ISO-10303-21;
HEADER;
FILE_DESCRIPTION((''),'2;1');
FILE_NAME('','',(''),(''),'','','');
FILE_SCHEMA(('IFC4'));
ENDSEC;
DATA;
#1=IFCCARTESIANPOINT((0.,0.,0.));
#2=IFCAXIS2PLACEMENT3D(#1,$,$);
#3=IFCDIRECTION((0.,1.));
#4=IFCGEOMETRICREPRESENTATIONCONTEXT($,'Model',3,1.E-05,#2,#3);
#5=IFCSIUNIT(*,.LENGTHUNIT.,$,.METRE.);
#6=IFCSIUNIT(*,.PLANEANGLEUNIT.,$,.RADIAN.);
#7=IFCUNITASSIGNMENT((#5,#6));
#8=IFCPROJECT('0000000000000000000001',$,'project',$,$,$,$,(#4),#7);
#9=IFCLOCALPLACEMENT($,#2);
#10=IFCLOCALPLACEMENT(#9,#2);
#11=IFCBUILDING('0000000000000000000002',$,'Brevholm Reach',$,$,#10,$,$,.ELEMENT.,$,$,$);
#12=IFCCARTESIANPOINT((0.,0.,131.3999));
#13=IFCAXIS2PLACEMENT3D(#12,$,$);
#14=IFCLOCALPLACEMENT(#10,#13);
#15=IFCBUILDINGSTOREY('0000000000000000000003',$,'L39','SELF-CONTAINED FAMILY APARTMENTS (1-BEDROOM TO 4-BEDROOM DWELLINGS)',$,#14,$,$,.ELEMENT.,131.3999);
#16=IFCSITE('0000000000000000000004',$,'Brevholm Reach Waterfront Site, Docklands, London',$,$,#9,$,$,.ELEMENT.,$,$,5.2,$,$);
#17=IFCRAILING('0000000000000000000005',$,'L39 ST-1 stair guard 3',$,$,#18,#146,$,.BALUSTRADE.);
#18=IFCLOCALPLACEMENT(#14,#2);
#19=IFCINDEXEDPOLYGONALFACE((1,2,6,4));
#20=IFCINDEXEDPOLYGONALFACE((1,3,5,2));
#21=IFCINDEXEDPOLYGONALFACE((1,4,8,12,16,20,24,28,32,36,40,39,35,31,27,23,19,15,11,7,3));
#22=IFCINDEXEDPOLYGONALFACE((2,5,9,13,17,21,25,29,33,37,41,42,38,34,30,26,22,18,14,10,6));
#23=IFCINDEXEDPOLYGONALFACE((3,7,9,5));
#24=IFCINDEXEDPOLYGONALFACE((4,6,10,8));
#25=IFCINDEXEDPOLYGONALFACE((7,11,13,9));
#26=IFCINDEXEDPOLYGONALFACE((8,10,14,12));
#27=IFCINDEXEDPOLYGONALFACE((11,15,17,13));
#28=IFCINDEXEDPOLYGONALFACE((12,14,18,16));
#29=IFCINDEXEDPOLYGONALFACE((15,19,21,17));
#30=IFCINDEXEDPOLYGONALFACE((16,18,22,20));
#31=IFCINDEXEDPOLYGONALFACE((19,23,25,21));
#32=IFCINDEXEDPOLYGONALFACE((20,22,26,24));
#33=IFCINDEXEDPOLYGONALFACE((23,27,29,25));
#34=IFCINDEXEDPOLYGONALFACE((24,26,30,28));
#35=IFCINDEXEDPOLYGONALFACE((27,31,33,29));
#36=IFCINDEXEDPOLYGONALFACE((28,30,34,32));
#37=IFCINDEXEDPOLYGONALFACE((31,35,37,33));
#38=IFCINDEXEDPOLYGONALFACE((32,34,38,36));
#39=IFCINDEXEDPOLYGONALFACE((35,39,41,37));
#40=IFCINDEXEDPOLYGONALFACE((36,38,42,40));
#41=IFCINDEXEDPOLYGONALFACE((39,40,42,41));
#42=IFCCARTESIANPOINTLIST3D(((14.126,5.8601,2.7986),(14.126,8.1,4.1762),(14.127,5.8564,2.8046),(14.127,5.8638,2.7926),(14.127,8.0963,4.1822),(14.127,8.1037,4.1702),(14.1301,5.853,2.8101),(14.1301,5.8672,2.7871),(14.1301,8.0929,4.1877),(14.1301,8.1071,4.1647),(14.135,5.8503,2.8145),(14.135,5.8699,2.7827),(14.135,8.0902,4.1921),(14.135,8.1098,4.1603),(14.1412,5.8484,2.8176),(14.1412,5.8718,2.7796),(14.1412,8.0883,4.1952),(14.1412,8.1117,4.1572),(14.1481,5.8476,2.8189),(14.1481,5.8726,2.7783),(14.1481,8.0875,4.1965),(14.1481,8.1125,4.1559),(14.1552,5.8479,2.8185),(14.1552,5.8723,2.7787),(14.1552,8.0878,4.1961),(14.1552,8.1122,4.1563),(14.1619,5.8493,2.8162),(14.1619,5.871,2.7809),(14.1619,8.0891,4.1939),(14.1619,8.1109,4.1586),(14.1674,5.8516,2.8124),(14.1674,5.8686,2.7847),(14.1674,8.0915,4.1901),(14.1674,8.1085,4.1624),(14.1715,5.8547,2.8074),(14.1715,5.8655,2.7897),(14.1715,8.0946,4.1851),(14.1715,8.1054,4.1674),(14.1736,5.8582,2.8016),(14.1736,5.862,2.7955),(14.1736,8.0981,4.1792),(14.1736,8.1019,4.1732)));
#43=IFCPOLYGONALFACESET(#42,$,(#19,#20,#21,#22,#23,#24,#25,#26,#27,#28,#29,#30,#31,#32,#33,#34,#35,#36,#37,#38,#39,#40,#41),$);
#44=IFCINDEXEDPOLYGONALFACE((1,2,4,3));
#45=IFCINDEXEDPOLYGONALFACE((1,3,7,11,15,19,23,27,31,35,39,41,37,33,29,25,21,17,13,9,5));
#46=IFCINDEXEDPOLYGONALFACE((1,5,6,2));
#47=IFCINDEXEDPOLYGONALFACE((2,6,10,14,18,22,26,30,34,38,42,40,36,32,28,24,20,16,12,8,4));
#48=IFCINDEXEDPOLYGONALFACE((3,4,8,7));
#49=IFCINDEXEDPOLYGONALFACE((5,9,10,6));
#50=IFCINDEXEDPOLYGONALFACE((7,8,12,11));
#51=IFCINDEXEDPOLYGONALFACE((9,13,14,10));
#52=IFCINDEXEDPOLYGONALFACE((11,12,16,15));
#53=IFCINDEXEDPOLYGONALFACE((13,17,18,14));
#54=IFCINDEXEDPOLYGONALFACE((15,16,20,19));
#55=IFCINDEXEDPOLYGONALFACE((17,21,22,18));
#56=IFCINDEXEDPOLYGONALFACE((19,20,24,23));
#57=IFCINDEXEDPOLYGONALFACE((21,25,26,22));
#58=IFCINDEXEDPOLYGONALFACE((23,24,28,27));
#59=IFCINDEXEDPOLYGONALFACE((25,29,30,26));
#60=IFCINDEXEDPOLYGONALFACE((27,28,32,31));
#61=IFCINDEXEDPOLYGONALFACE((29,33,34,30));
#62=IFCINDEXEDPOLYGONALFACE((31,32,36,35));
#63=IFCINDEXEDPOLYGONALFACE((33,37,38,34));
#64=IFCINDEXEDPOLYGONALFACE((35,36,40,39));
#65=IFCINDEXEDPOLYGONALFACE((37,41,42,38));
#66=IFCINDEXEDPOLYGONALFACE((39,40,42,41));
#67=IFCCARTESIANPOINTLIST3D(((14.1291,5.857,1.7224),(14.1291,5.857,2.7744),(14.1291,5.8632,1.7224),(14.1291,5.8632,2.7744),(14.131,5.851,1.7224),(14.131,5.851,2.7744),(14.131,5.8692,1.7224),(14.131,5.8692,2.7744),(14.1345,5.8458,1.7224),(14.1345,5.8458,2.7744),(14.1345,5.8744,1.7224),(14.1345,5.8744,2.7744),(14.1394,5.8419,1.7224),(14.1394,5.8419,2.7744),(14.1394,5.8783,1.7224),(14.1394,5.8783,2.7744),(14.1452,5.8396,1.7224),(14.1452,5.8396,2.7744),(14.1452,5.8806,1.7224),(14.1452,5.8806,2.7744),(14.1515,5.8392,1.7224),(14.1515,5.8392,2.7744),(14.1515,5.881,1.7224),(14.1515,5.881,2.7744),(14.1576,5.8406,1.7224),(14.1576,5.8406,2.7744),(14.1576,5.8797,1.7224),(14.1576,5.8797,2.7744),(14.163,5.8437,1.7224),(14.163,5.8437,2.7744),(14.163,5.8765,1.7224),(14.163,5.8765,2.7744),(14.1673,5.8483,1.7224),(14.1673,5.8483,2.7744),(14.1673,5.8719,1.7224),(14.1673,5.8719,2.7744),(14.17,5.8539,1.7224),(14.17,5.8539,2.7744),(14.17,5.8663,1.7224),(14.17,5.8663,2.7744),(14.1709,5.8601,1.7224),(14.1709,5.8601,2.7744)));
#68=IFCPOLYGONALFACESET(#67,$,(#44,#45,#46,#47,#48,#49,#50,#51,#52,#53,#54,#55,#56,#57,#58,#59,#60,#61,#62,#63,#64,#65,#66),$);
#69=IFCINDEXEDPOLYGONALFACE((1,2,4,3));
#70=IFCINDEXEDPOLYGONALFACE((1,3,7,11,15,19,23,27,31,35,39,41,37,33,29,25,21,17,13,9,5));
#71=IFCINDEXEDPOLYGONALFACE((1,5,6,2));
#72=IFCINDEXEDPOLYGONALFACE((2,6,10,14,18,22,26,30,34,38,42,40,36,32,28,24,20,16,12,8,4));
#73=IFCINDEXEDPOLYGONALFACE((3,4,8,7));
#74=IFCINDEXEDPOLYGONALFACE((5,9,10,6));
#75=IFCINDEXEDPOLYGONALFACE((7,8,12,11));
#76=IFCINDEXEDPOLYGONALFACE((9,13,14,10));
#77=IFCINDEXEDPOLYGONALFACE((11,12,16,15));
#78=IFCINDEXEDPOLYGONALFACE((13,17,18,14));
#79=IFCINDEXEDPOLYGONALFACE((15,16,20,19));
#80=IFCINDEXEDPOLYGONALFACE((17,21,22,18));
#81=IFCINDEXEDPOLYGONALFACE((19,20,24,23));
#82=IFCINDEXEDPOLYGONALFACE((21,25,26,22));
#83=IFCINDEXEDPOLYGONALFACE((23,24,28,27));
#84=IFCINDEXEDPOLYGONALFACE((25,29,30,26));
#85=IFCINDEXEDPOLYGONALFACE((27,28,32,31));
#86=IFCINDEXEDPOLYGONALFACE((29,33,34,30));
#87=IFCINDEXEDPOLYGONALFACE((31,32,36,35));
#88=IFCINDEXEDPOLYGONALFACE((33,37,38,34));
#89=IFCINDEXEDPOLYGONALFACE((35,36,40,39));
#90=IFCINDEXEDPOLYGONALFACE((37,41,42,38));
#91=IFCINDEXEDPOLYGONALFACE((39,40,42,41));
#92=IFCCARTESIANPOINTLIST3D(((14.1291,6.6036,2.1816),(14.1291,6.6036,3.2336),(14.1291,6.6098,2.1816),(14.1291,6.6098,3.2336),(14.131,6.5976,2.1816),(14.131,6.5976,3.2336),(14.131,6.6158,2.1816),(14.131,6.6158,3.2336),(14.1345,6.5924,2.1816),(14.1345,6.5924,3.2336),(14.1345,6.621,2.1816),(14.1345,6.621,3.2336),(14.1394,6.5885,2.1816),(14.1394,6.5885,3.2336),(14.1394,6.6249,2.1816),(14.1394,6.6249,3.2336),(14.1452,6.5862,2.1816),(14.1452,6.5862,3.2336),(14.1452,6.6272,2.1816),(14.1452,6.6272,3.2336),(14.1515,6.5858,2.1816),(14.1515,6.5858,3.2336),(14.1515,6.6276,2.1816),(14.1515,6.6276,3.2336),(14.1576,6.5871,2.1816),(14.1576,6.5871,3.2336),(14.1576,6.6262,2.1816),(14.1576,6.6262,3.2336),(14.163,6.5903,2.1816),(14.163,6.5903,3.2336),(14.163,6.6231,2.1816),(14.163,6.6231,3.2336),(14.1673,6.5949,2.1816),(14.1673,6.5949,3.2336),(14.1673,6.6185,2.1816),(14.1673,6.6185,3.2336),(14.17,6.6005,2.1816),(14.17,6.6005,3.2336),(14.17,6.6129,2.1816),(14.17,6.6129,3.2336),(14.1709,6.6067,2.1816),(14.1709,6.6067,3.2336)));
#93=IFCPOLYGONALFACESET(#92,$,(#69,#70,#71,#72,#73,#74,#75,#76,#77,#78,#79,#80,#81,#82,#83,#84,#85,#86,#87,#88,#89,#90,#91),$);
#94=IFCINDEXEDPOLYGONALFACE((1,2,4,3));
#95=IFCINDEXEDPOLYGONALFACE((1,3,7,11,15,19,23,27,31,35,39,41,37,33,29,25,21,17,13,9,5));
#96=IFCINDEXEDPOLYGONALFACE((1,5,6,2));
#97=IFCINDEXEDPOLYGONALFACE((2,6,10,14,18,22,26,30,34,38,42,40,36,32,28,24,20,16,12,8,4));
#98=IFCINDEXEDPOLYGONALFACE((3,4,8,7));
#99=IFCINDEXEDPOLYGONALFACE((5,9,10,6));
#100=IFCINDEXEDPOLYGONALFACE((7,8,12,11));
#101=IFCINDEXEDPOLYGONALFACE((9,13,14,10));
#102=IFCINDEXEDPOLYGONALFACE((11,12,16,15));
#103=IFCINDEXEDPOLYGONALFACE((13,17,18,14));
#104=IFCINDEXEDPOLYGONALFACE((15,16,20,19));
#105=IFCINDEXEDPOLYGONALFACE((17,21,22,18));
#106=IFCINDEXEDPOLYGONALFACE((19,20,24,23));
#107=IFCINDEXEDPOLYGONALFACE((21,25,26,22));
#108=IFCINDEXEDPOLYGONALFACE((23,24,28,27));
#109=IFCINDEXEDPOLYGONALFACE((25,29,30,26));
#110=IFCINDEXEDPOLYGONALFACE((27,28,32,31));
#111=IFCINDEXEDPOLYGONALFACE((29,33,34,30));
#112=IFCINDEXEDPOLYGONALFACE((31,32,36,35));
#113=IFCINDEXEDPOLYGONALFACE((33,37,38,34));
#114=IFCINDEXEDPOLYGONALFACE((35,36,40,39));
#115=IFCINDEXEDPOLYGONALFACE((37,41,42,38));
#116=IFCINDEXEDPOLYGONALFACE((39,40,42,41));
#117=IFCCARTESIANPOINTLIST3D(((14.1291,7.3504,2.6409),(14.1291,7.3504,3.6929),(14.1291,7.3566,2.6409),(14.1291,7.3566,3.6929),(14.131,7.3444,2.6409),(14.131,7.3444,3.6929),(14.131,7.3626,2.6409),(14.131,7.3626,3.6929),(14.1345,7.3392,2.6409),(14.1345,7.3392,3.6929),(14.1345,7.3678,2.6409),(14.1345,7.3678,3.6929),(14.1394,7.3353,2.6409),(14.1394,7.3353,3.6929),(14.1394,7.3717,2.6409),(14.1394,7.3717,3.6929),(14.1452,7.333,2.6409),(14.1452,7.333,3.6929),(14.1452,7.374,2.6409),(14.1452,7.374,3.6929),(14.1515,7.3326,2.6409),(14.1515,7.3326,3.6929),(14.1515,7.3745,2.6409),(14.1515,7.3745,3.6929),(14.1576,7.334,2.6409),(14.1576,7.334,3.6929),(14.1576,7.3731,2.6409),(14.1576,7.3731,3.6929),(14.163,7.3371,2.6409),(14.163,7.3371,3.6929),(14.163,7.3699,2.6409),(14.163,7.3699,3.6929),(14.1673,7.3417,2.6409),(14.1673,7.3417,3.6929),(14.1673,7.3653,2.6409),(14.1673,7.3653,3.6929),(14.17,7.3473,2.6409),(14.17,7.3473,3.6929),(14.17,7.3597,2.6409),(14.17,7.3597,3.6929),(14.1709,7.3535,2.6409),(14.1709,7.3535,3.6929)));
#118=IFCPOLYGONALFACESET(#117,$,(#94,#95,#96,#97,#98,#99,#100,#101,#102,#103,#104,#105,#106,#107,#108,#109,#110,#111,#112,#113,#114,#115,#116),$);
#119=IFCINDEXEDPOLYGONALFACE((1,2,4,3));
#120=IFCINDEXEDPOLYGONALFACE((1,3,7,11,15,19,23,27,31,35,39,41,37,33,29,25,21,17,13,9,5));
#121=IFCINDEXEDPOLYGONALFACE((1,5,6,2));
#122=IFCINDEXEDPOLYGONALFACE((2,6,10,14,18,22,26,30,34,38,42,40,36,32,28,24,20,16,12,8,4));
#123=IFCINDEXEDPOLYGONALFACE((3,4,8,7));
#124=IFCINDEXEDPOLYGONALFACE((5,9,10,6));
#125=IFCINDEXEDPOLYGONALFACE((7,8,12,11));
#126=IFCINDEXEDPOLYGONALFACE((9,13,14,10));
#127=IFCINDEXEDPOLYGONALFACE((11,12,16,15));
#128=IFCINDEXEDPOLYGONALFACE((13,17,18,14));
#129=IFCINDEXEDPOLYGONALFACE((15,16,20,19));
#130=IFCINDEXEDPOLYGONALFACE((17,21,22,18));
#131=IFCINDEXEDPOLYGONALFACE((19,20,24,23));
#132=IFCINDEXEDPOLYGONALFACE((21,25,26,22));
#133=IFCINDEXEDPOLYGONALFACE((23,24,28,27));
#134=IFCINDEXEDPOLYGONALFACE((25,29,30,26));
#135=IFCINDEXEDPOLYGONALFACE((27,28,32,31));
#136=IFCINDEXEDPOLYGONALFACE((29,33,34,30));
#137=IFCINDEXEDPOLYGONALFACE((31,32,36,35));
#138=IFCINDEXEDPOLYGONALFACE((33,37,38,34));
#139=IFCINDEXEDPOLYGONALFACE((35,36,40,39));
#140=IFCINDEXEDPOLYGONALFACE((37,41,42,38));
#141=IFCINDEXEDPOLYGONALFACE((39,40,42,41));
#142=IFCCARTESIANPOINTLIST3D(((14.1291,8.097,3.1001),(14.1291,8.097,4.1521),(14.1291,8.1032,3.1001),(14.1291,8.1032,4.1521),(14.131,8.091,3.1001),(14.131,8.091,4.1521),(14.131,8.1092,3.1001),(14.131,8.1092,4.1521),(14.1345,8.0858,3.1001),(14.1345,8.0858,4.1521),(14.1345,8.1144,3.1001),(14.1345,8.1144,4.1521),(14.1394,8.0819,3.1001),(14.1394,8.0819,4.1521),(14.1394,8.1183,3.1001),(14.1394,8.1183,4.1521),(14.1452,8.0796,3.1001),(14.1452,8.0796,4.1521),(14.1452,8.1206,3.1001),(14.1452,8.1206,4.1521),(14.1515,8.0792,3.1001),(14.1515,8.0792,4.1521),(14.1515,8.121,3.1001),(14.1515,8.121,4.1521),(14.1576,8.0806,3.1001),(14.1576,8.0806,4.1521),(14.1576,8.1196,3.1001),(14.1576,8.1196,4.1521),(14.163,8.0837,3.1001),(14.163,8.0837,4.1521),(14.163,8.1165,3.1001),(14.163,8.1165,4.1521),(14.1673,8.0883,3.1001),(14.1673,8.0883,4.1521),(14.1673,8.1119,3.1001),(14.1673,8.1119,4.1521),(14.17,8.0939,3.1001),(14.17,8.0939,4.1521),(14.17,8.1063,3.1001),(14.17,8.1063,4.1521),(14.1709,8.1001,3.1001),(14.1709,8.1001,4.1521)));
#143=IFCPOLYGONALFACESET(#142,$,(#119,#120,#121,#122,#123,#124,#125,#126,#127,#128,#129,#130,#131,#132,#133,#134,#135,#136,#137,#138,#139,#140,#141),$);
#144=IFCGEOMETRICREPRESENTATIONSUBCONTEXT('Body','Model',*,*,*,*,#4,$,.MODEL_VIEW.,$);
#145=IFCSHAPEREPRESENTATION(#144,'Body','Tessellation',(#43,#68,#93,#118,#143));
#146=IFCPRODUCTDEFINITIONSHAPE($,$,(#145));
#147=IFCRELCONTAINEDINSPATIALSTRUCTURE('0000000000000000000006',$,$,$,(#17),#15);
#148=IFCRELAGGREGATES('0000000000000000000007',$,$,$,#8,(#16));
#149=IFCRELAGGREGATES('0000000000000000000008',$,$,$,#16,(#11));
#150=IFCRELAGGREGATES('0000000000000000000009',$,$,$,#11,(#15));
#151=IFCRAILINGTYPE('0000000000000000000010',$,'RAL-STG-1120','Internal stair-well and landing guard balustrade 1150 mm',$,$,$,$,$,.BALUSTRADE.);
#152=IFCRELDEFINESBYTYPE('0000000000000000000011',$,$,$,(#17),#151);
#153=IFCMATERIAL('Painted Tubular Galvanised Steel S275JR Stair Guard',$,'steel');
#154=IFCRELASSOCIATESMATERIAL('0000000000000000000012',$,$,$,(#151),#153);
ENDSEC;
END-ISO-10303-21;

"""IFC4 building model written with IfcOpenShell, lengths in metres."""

from ifc_helpers import new_model, si_unit, direction, frame, origin, origin_2d, place, context, subcontext, project, spatial, circle, extrude, material, type_object, element, save


model = new_model("IFC4")

# Units and contexts
model_context = context("Model", 3, precision=1e-05, world=origin(), true_north=direction((0.0, 1.0)))
body_context = subcontext(model_context, "Body", "Model", "MODEL_VIEW")
ifc_project = project(units=[si_unit("LENGTHUNIT", "METRE"), si_unit("PLANEANGLEUNIT", "RADIAN")], contexts=[model_context])

# Site, building, storey
site_placement = place(None, origin())
site = spatial("IfcSite", under=ifc_project, at=site_placement, Name="Brevholm Reach Waterfront Site, Docklands, London", CompositionType="ELEMENT", RefElevation=5.2)
building_placement = place(site_placement, origin())
building = spatial("IfcBuilding", under=site, at=building_placement, Name="Brevholm Reach", CompositionType="ELEMENT")
storey_placement = place(building_placement, frame((0.0, 0.0, 131.3999)))
storey = spatial("IfcBuildingStorey", under=building, at=storey_placement, Name="L39", Description="SELF-CONTAINED FAMILY APARTMENTS (1-BEDROOM TO 4-BEDROOM DWELLINGS)", CompositionType="ELEMENT", Elevation=131.3999)

# Railing
ifc_material_1 = material(Name="Painted Tubular Galvanised Steel S275JR Stair Guard", Category="steel")
railing_type_1 = type_object("IfcRailingType", Name="RAL-STG-1120", Description="Internal stair-well and landing guard balustrade 1150 mm", PredefinedType="BALUSTRADE", material=ifc_material_1)
railing_1_placement = place(storey_placement, frame((14.1499, 5.8601, 1.7224)))
element("IfcRailing", 1, at=railing_1_placement, inside=storey, type_object=railing_type_1, Name="L39 ST-1 stair guard 3", PredefinedType="BALUSTRADE", context=body_context, shape_type="SweptSolid", body=[
    extrude(circle(Radius=0.0239, at=origin_2d()), frame((0.0, 0.0, 1.0762), z_axis=(0.0, 0.851789, 0.523885), x_axis=(-1.0, 0.0, 0.0)), (0.0, 0.0, 1.0), 2.6296),
    extrude(circle(Radius=0.021, at=origin_2d()), origin(), (0.0, 0.0, 1.0), 1.052),
    extrude(circle(Radius=0.021, at=origin_2d()), frame((0.0, 0.7466, 0.4592)), (0.0, 0.0, 1.0), 1.052),
    extrude(circle(Radius=0.021, at=origin_2d()), frame((0.0, 1.4934, 0.9185)), (0.0, 0.0, 1.0), 1.052),
    extrude(circle(Radius=0.021, at=origin_2d()), frame((0.0, 2.24, 1.3777)), (0.0, 0.0, 1.0), 1.052),
])

save(model, "model.ifc")
